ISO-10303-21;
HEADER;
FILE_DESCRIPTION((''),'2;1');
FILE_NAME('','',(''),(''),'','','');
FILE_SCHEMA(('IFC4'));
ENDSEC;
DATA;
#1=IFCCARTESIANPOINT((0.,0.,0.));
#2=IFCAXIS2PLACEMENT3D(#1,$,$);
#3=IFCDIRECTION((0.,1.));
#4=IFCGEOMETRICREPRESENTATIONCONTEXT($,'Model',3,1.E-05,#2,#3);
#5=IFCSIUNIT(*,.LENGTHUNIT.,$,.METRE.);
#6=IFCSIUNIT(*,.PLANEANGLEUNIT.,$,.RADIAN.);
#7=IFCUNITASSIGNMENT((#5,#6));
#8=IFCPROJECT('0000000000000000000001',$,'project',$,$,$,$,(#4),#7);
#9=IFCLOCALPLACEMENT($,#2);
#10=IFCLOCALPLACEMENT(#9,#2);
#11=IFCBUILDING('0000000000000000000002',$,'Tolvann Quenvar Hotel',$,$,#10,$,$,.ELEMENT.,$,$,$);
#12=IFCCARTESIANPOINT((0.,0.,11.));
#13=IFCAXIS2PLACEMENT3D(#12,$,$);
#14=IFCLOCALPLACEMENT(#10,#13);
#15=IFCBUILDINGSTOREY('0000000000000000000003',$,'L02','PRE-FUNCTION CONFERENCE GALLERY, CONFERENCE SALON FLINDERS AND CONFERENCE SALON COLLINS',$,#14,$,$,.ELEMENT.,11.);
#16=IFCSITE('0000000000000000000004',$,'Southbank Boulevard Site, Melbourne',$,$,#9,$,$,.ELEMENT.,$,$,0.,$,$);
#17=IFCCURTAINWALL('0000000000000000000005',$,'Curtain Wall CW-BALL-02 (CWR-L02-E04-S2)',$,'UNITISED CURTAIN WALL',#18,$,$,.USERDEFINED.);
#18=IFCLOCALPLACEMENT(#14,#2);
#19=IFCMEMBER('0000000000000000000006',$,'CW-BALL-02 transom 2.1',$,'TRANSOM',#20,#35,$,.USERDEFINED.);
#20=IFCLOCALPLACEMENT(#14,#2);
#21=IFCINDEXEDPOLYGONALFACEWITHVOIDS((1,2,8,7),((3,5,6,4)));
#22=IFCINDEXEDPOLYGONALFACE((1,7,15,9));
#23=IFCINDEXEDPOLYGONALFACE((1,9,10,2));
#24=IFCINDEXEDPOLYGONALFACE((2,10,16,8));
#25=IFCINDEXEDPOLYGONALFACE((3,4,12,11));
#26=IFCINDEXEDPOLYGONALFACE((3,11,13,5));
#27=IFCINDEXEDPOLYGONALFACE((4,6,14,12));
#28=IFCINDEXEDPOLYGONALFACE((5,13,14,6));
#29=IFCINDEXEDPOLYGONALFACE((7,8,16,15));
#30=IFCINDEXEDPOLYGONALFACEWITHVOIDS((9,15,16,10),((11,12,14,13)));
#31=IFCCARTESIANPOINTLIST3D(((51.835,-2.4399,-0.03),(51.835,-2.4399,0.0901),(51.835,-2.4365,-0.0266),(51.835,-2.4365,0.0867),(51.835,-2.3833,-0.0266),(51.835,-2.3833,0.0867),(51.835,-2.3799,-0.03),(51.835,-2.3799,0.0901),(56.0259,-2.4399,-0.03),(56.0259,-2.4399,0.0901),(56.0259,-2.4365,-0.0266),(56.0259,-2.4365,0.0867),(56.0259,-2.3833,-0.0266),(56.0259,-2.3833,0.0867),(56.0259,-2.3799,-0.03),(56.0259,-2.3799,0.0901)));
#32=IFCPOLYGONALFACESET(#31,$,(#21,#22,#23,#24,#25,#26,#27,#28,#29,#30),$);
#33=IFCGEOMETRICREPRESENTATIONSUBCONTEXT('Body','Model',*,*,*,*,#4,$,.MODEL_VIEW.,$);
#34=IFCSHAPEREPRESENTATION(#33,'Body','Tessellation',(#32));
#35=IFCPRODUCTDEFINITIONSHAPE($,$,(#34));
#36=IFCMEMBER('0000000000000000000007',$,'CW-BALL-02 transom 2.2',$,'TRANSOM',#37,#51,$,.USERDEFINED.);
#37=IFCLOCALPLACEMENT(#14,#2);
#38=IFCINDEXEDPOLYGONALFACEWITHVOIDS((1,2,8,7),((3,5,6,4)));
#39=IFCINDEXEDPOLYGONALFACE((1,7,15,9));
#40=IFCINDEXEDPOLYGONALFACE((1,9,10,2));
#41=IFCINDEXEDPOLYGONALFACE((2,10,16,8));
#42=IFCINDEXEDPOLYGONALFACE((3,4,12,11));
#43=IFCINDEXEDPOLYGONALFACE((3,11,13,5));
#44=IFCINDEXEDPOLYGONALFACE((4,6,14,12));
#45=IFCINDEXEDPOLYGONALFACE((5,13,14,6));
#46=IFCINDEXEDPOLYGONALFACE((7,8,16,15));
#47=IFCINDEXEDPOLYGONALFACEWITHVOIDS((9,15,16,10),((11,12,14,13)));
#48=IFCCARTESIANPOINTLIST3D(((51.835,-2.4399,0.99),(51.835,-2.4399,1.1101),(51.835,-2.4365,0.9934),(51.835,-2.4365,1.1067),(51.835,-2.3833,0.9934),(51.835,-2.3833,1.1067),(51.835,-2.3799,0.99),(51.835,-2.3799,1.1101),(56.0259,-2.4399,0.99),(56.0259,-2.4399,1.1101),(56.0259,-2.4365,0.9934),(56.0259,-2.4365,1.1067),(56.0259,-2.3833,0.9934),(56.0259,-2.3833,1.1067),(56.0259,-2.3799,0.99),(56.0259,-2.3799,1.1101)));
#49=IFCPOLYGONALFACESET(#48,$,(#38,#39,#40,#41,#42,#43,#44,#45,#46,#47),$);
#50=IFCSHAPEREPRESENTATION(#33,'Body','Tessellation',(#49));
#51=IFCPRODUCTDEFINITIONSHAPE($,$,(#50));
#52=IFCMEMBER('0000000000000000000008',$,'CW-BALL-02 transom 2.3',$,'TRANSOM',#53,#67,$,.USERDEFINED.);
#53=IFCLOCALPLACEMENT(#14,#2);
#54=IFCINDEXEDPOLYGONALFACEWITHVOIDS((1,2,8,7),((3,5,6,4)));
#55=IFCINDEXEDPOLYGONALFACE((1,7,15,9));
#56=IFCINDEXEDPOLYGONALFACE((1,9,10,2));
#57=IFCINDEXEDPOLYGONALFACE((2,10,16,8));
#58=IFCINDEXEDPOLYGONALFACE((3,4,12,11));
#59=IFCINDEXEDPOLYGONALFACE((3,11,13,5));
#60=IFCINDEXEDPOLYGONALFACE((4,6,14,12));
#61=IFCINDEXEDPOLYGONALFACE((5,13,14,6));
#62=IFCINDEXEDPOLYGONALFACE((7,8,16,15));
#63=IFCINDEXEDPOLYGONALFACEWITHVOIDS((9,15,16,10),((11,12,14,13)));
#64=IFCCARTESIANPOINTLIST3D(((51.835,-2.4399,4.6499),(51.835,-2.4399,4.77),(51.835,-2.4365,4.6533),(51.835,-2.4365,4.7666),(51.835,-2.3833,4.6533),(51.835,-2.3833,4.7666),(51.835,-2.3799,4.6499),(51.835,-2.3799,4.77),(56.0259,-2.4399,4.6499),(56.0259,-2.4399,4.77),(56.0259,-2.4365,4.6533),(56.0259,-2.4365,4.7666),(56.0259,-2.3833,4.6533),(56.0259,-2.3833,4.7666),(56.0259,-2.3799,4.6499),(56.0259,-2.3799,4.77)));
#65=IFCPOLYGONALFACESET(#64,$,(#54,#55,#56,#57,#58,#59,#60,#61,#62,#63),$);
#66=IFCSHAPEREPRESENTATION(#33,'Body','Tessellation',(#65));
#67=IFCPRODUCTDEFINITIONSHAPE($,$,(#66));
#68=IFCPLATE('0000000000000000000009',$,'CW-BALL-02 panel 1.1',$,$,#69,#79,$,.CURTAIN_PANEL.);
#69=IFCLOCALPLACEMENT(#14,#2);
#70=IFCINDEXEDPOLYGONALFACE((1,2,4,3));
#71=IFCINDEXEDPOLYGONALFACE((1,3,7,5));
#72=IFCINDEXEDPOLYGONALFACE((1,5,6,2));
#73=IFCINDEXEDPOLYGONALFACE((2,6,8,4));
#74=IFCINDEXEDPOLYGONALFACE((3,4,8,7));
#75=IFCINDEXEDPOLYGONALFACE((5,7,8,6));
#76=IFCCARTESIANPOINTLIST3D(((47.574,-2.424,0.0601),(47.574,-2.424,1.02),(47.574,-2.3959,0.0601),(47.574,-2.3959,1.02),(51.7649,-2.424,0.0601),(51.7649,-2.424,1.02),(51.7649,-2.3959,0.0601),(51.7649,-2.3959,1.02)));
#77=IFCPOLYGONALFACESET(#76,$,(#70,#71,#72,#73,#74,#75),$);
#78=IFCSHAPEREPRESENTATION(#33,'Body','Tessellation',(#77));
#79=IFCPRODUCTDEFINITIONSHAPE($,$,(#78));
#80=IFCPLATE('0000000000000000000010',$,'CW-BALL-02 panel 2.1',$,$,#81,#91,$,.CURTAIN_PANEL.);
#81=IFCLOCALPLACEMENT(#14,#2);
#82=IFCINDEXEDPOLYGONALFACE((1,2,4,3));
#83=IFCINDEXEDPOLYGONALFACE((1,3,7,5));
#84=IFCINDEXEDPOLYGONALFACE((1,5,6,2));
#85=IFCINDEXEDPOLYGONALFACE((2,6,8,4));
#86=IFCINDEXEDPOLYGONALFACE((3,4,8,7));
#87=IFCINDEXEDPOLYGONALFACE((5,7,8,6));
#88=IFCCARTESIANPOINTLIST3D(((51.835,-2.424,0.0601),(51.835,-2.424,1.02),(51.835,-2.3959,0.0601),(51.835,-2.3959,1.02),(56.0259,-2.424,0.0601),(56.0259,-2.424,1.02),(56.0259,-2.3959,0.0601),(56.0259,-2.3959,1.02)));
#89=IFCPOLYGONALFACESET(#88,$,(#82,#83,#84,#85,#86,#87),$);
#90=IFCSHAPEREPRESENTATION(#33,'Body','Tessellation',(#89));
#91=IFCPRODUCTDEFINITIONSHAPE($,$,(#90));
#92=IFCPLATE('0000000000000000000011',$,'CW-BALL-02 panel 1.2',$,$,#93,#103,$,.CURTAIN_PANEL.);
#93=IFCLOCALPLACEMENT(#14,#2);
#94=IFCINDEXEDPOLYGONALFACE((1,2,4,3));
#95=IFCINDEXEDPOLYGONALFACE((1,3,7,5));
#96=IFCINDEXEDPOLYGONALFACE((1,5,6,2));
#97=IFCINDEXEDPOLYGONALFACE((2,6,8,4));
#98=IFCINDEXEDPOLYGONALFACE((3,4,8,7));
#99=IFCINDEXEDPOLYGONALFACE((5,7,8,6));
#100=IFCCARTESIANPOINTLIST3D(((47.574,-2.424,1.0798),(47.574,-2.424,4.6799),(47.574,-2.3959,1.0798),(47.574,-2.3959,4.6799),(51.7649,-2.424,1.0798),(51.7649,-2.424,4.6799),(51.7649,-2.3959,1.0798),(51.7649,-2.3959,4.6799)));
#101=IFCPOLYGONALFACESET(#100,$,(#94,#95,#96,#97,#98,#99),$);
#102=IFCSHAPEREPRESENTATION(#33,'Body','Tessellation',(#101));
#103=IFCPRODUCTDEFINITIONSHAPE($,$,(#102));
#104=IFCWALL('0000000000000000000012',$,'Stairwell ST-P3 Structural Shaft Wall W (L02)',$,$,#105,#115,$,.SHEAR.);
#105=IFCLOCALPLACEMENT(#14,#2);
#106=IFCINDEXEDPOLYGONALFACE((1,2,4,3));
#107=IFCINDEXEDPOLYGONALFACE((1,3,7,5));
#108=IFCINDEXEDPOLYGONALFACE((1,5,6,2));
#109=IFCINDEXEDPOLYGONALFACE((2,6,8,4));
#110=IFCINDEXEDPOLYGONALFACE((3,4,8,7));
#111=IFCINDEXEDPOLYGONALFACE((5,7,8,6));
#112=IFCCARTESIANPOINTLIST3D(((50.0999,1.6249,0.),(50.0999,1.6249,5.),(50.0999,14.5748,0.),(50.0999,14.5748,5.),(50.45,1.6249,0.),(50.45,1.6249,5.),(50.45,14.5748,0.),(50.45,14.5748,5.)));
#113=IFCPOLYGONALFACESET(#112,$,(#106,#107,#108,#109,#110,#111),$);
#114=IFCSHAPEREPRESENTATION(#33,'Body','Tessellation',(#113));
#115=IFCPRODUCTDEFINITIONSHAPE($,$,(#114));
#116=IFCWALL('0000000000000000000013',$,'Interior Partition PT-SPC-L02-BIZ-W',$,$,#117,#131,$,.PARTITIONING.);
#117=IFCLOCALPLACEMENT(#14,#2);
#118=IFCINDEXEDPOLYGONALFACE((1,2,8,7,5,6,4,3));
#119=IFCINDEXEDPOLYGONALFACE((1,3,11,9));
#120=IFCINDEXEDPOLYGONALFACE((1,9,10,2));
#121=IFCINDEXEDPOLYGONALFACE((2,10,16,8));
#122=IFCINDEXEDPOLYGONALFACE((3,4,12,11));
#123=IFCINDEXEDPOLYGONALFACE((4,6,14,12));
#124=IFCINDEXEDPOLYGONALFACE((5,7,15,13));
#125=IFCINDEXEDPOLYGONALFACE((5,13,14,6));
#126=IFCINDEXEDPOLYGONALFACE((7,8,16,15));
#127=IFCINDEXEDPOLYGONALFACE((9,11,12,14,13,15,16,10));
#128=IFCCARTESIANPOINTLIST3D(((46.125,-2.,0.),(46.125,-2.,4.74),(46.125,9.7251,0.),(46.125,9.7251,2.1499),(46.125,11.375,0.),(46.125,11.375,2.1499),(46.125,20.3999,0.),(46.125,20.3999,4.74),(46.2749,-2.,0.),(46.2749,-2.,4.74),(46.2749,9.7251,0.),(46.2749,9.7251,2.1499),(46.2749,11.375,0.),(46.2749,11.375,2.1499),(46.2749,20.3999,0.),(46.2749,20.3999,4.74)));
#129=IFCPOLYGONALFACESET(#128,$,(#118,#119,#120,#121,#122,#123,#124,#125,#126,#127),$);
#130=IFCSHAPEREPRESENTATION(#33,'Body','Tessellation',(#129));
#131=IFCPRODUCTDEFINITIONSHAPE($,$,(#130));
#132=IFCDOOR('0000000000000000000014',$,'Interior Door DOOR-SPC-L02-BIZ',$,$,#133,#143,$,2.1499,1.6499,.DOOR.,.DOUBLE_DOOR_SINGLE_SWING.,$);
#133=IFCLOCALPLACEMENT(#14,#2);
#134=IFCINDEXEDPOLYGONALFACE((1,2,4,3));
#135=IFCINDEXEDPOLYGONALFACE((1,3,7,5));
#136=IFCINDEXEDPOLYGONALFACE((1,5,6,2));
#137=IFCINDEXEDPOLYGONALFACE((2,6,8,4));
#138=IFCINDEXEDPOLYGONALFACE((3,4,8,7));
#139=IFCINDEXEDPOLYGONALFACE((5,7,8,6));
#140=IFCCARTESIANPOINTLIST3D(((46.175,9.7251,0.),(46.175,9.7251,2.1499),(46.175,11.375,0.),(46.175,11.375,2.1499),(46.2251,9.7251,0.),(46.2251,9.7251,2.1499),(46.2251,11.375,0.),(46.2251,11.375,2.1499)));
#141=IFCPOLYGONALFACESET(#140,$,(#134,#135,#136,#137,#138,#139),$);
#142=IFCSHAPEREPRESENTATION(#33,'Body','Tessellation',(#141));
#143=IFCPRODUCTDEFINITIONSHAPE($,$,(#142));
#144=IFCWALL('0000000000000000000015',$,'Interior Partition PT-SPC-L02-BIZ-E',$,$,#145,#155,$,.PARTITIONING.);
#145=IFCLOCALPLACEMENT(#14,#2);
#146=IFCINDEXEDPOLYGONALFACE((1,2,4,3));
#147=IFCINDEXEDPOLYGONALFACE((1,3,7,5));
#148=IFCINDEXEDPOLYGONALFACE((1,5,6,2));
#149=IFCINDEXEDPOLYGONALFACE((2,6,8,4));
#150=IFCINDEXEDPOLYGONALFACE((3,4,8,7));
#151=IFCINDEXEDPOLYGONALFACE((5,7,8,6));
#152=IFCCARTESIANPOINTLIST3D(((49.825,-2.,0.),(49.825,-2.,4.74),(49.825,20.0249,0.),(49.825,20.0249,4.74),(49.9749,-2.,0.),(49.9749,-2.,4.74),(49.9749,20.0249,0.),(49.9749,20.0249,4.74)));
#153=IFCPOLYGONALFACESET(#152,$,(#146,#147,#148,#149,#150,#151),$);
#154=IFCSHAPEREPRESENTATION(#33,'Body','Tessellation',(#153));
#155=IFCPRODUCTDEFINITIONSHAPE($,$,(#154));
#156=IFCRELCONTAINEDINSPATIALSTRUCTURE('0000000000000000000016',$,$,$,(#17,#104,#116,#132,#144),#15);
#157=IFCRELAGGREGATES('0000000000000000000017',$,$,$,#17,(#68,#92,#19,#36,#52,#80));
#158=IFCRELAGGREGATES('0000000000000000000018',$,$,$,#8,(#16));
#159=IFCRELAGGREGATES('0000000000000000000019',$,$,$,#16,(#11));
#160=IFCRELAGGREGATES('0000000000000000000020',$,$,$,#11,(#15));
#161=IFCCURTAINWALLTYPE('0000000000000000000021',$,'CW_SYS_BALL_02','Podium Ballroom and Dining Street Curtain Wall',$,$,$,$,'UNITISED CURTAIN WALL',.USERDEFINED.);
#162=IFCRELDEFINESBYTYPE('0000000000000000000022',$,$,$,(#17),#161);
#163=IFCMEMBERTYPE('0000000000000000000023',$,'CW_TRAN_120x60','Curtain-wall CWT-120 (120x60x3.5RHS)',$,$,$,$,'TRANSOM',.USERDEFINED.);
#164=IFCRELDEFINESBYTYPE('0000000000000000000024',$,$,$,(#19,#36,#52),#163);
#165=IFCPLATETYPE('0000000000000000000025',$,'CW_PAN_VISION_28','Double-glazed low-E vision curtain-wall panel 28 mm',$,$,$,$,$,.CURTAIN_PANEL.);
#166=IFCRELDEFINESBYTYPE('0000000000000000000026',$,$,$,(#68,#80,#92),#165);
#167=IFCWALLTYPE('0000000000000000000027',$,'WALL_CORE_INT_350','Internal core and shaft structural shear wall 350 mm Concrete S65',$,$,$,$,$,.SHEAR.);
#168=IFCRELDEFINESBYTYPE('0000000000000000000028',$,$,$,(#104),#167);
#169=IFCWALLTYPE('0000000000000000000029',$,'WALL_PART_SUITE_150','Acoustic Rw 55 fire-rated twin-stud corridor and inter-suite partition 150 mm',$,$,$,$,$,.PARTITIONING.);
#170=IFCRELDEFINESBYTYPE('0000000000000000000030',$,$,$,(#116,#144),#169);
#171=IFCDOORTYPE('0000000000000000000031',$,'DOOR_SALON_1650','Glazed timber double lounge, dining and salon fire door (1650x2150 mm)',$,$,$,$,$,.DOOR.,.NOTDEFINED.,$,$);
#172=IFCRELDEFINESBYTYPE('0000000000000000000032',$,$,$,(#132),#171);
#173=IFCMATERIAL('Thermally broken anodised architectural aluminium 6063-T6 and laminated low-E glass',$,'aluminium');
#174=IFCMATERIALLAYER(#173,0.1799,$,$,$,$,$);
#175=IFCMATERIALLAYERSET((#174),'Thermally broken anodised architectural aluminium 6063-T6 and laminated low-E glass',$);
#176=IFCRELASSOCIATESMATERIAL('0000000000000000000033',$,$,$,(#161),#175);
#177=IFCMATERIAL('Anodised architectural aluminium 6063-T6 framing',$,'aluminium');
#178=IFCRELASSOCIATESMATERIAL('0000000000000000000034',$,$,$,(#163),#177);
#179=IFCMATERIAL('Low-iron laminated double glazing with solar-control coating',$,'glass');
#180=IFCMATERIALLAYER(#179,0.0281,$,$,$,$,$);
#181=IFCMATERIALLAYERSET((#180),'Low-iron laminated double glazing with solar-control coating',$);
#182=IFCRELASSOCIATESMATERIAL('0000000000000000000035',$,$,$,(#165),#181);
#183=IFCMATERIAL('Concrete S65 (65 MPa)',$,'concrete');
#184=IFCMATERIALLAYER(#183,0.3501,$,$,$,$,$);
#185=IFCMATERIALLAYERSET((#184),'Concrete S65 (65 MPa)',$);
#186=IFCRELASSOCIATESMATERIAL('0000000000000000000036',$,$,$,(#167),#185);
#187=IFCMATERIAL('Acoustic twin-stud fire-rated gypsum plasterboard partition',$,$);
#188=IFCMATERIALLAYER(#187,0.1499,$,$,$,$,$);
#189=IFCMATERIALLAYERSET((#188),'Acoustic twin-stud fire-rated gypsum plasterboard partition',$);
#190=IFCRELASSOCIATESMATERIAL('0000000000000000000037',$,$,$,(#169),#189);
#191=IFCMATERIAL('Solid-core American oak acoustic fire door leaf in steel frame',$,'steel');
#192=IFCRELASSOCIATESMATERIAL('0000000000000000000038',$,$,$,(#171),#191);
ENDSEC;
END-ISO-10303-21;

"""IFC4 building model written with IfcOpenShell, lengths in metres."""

from ifc_helpers import new_model, si_unit, direction, frame, frame_2d, origin, origin_2d, place, context, subcontext, project, spatial, rectangle, hollow_rectangle, extrude, source, transform, mapped, material, layer, layer_set, material_profile, profile_set, type_object, type_shapes, element, fill, aggregate, save


model = new_model("IFC4")

# Units and contexts
model_context = context("Model", 3, precision=1e-05, world=origin(), true_north=direction((0.0, 1.0)))
body_context = subcontext(model_context, "Body", "Model", "MODEL_VIEW")
ifc_project = project(units=[si_unit("LENGTHUNIT", "METRE"), si_unit("PLANEANGLEUNIT", "RADIAN")], contexts=[model_context])

# Site, building, storey
site_placement = place(None, origin())
site = spatial("IfcSite", under=ifc_project, at=site_placement, Name="Southbank Boulevard Site, Melbourne", CompositionType="ELEMENT", RefElevation=0.0)
building_placement = place(site_placement, origin())
building = spatial("IfcBuilding", under=site, at=building_placement, Name="Tolvann Quenvar Hotel", CompositionType="ELEMENT")
storey_placement = place(building_placement, frame((0.0, 0.0, 11.0)))
storey = spatial("IfcBuildingStorey", under=building, at=storey_placement, Name="L02", Description="PRE-FUNCTION CONFERENCE GALLERY, CONFERENCE SALON FLINDERS AND CONFERENCE SALON COLLINS", CompositionType="ELEMENT", Elevation=11.0)

# Shared definitions
ifc_material_1 = material(Name="Concrete S65 (65 MPa)", Category="concrete")

# Shared definitions
ifc_material_2 = material(Name="Thermally broken anodised architectural aluminium 6063-T6 and laminated low-E glass", Category="aluminium")
ifc_layer_1 = layer(ifc_material_2, 0.1799)
ifc_layer_set_1 = layer_set([ifc_layer_1], Name="Thermally broken anodised architectural aluminium 6063-T6 and laminated low-E glass")
curtain_wall_type = type_object("IfcCurtainWallType", Name="CW_SYS_BALL_02", Description="Podium Ballroom and Dining Street Curtain Wall", ElementType="UNITISED CURTAIN WALL", PredefinedType="USERDEFINED", material=ifc_layer_set_1)
ifc_material_3 = material(Name="Anodised architectural aluminium 6063-T6 framing", Category="aluminium")

# Curtain wall, members, plates
curtain_wall_1_placement = place(storey_placement, origin())
curtain_wall_1 = element("IfcCurtainWall", 1, at=curtain_wall_1_placement, inside=storey, type_object=curtain_wall_type, Name="Curtain Wall CW-BALL-02 (CWR-L02-E04-S2)", ObjectType="UNITISED CURTAIN WALL", PredefinedType="USERDEFINED")
ifc_material_profile_1 = material_profile(ifc_material_3, hollow_rectangle(XDim=0.0601, YDim=0.1201, WallThickness=0.0034, at=origin_2d()), Name="120x60x3.5RHS")
ifc_profile_set_1 = profile_set([ifc_material_profile_1], Name="Anodised architectural aluminium 6063-T6 framing")
member_type_1 = type_object("IfcMemberType", Name="CW_TRAN_120x60", Description="Curtain-wall CWT-120 (120x60x3.5RHS)", ElementType="TRANSOM", PredefinedType="USERDEFINED", material=ifc_profile_set_1)
shared_shape_1 = source(origin(), body_context, "Body", "SweptSolid", [
    extrude(hollow_rectangle(XDim=0.0601, YDim=0.1201, WallThickness=0.0034, at=origin_2d()), origin(), (0.0, 0.0, 1.0), 4.1909),
])
type_shapes(member_type_1, [shared_shape_1])
member_1_placement = place(storey_placement, frame((51.835, -2.4099, 0.03), z_axis=(1.0, 0.0, 0.0), x_axis=(0.0, 1.0, 0.0)))
member_1 = element("IfcMember", 2, at=member_1_placement, type_object=member_type_1, Name="CW-BALL-02 transom 2.1", ObjectType="TRANSOM", PredefinedType="USERDEFINED", context=body_context, shape_type="MappedRepresentation", body=[
    mapped(shared_shape_1, transform((0.0, 0.0, 0.0), x_axis=(1.0, 0.0, 0.0), y_axis=(0.0, 1.0, 0.0), z_axis=(0.0, 0.0, 1.0), scale=1.0)),
])
member_2_placement = place(storey_placement, frame((51.835, -2.4099, 1.05), z_axis=(1.0, 0.0, 0.0), x_axis=(0.0, 1.0, 0.0)))
member_2 = element("IfcMember", 3, at=member_2_placement, type_object=member_type_1, Name="CW-BALL-02 transom 2.2", ObjectType="TRANSOM", PredefinedType="USERDEFINED", context=body_context, shape_type="MappedRepresentation", body=[
    mapped(shared_shape_1, transform((0.0, 0.0, 0.0), x_axis=(1.0, 0.0, 0.0), y_axis=(0.0, 1.0, 0.0), z_axis=(0.0, 0.0, 1.0), scale=1.0)),
])
member_3_placement = place(storey_placement, frame((51.835, -2.4099, 4.71), z_axis=(1.0, 0.0, 0.0), x_axis=(0.0, 1.0, 0.0)))
member_3 = element("IfcMember", 4, at=member_3_placement, type_object=member_type_1, Name="CW-BALL-02 transom 2.3", ObjectType="TRANSOM", PredefinedType="USERDEFINED", context=body_context, shape_type="MappedRepresentation", body=[
    mapped(shared_shape_1, transform((0.0, 0.0, 0.0), x_axis=(1.0, 0.0, 0.0), y_axis=(0.0, 1.0, 0.0), z_axis=(0.0, 0.0, 1.0), scale=1.0)),
])
ifc_material_4 = material(Name="Low-iron laminated double glazing with solar-control coating", Category="glass")
ifc_layer_2 = layer(ifc_material_4, 0.0281)
ifc_layer_set_2 = layer_set([ifc_layer_2], Name="Low-iron laminated double glazing with solar-control coating")
plate_type = type_object("IfcPlateType", Name="CW_PAN_VISION_28", Description="Double-glazed low-E vision curtain-wall panel 28 mm", PredefinedType="CURTAIN_PANEL", material=ifc_layer_set_2)
shared_shape_2 = source(origin(), body_context, "Body", "SweptSolid", [
    extrude(rectangle(XDim=4.1909, YDim=0.0281, at=origin_2d()), origin(), (0.0, 0.0, 1.0), 0.96),
])
plate_1_placement = place(storey_placement, frame((49.6694, -2.4099, 0.0601), z_axis=(0.0, 0.0, 1.0), x_axis=(1.0, 0.0, 0.0)))
plate_1 = element("IfcPlate", 5, at=plate_1_placement, type_object=plate_type, Name="CW-BALL-02 panel 1.1", PredefinedType="CURTAIN_PANEL", context=body_context, shape_type="MappedRepresentation", body=[
    mapped(shared_shape_2, transform((0.0, 0.0, 0.0), x_axis=(1.0, 0.0, 0.0), y_axis=(0.0, 1.0, 0.0), z_axis=(0.0, 0.0, 1.0), scale=1.0)),
])
plate_2_placement = place(storey_placement, frame((53.9304, -2.4099, 0.0601), z_axis=(0.0, 0.0, 1.0), x_axis=(1.0, 0.0, 0.0)))
plate_2 = element("IfcPlate", 6, at=plate_2_placement, type_object=plate_type, Name="CW-BALL-02 panel 2.1", PredefinedType="CURTAIN_PANEL", context=body_context, shape_type="MappedRepresentation", body=[
    mapped(shared_shape_2, transform((0.0, 0.0, 0.0), x_axis=(1.0, 0.0, 0.0), y_axis=(0.0, 1.0, 0.0), z_axis=(0.0, 0.0, 1.0), scale=1.0)),
])
shared_shape_3 = source(origin(), body_context, "Body", "SweptSolid", [
    extrude(rectangle(XDim=4.1909, YDim=0.0281, at=origin_2d()), origin(), (0.0, 0.0, 1.0), 3.6001),
])
type_shapes(plate_type, [shared_shape_2, shared_shape_3])
plate_3_placement = place(storey_placement, frame((49.6694, -2.4099, 1.0798), z_axis=(0.0, 0.0, 1.0), x_axis=(1.0, 0.0, 0.0)))
plate_3 = element("IfcPlate", 7, at=plate_3_placement, type_object=plate_type, Name="CW-BALL-02 panel 1.2", PredefinedType="CURTAIN_PANEL", context=body_context, shape_type="MappedRepresentation", body=[
    mapped(shared_shape_3, transform((0.0, 0.0, 0.0), x_axis=(1.0, 0.0, 0.0), y_axis=(0.0, 1.0, 0.0), z_axis=(0.0, 0.0, 1.0), scale=1.0)),
])
aggregate(curtain_wall_1, [plate_1, plate_3, member_1, member_2, member_3, plate_2])

# Shared definitions
ifc_layer_3 = layer(ifc_material_1, 0.3501)
ifc_layer_set_3 = layer_set([ifc_layer_3], Name="Concrete S65 (65 MPa)")
wall_type_1 = type_object("IfcWallType", Name="WALL_CORE_INT_350", Description="Internal core and shaft structural shear wall 350 mm Concrete S65", PredefinedType="SHEAR", material=ifc_layer_set_3)

# Wall
wall_1_placement = place(storey_placement, frame((50.2749, 14.575, 0.0), z_axis=(0.0, 0.0, 1.0), x_axis=(0.0, -1.0, 0.0)))
element("IfcWall", 8, at=wall_1_placement, inside=storey, type_object=wall_type_1, Name="Stairwell ST-P3 Structural Shaft Wall W (L02)", PredefinedType="SHEAR", context=body_context, shape_type="SweptSolid", body=[
    extrude(rectangle(XDim=12.95, YDim=0.3501, at=frame_2d((6.4751, 0.0))), origin(), (0.0, 0.0, 1.0), 5.0),
])

# Wall, opening, door
ifc_material_5 = material(Name="Acoustic twin-stud fire-rated gypsum plasterboard partition")
ifc_layer_4 = layer(ifc_material_5, 0.1499)
ifc_layer_set_4 = layer_set([ifc_layer_4], Name="Acoustic twin-stud fire-rated gypsum plasterboard partition")
wall_type_2 = type_object("IfcWallType", Name="WALL_PART_SUITE_150", Description="Acoustic Rw 55 fire-rated twin-stud corridor and inter-suite partition 150 mm", PredefinedType="PARTITIONING", material=ifc_layer_set_4)
wall_2_placement = place(storey_placement, frame((46.2, -2.0, 0.0), z_axis=(0.0, 0.0, 1.0), x_axis=(0.0, 1.0, 0.0)))
wall_2 = element("IfcWall", 9, at=wall_2_placement, inside=storey, type_object=wall_type_2, Name="Interior Partition PT-SPC-L02-BIZ-W", PredefinedType="PARTITIONING", context=body_context, shape_type="SweptSolid", body=[
    extrude(rectangle(XDim=22.3999, YDim=0.1499, at=frame_2d((11.2, 0.0))), origin(), (0.0, 0.0, 1.0), 4.74),
])
opening_1_placement = place(wall_2_placement, frame((11.7251, 0.0, 0.0)))
opening_1 = element("IfcOpeningElement", 10, at=opening_1_placement, cuts=wall_2, PredefinedType="OPENING", context=body_context, shape_type="SweptSolid", body=[
    extrude(rectangle(XDim=1.6499, YDim=2.1499, at=frame_2d((0.825, 1.075))), frame((0.0, 0.085, 0.0), z_axis=(0.0, -1.0, 0.0), x_axis=(1.0, 0.0, 0.0)), (0.0, 0.0, 1.0), 0.1699),
])
ifc_material_6 = material(Name="Solid-core American oak acoustic fire door leaf in steel frame", Category="steel")
door_type_1 = type_object("IfcDoorType", Name="DOOR_SALON_1650", Description="Glazed timber double lounge, dining and salon fire door (1650x2150 mm)", OperationType="NOTDEFINED", PredefinedType="DOOR", material=ifc_material_6)
shared_shape_4 = source(origin(), body_context, "Body", "SweptSolid", [
    extrude(rectangle(XDim=1.6499, YDim=2.1499, at=frame_2d((0.825, 1.075))), frame((0.0, 0.0249, 0.0), z_axis=(0.0, -1.0, 0.0), x_axis=(1.0, 0.0, 0.0)), (0.0, 0.0, 1.0), 0.05),
])
type_shapes(door_type_1, [shared_shape_4])
door_1_placement = place(opening_1_placement, origin())
door_1 = element("IfcDoor", 11, at=door_1_placement, inside=storey, type_object=door_type_1, Name="Interior Door DOOR-SPC-L02-BIZ", OperationType="DOUBLE_DOOR_SINGLE_SWING", OverallHeight=2.1499, OverallWidth=1.6499, PredefinedType="DOOR", context=body_context, shape_type="MappedRepresentation", body=[
    mapped(shared_shape_4, transform((0.0, 0.0, 0.0), x_axis=(1.0, 0.0, 0.0), y_axis=(0.0, 1.0, 0.0), z_axis=(0.0, 0.0, 1.0), scale=1.0)),
])
fill(opening_1, door_1)

# Wall
wall_3_placement = place(storey_placement, frame((49.8999, -2.0, 0.0), z_axis=(0.0, 0.0, 1.0), x_axis=(0.0, 1.0, 0.0)))
element("IfcWall", 12, at=wall_3_placement, inside=storey, type_object=wall_type_2, Name="Interior Partition PT-SPC-L02-BIZ-E", PredefinedType="PARTITIONING", context=body_context, shape_type="SweptSolid", body=[
    extrude(rectangle(XDim=22.0249, YDim=0.1499, at=frame_2d((11.0125, 0.0))), origin(), (0.0, 0.0, 1.0), 4.74),
])

save(model, "model.ifc")
